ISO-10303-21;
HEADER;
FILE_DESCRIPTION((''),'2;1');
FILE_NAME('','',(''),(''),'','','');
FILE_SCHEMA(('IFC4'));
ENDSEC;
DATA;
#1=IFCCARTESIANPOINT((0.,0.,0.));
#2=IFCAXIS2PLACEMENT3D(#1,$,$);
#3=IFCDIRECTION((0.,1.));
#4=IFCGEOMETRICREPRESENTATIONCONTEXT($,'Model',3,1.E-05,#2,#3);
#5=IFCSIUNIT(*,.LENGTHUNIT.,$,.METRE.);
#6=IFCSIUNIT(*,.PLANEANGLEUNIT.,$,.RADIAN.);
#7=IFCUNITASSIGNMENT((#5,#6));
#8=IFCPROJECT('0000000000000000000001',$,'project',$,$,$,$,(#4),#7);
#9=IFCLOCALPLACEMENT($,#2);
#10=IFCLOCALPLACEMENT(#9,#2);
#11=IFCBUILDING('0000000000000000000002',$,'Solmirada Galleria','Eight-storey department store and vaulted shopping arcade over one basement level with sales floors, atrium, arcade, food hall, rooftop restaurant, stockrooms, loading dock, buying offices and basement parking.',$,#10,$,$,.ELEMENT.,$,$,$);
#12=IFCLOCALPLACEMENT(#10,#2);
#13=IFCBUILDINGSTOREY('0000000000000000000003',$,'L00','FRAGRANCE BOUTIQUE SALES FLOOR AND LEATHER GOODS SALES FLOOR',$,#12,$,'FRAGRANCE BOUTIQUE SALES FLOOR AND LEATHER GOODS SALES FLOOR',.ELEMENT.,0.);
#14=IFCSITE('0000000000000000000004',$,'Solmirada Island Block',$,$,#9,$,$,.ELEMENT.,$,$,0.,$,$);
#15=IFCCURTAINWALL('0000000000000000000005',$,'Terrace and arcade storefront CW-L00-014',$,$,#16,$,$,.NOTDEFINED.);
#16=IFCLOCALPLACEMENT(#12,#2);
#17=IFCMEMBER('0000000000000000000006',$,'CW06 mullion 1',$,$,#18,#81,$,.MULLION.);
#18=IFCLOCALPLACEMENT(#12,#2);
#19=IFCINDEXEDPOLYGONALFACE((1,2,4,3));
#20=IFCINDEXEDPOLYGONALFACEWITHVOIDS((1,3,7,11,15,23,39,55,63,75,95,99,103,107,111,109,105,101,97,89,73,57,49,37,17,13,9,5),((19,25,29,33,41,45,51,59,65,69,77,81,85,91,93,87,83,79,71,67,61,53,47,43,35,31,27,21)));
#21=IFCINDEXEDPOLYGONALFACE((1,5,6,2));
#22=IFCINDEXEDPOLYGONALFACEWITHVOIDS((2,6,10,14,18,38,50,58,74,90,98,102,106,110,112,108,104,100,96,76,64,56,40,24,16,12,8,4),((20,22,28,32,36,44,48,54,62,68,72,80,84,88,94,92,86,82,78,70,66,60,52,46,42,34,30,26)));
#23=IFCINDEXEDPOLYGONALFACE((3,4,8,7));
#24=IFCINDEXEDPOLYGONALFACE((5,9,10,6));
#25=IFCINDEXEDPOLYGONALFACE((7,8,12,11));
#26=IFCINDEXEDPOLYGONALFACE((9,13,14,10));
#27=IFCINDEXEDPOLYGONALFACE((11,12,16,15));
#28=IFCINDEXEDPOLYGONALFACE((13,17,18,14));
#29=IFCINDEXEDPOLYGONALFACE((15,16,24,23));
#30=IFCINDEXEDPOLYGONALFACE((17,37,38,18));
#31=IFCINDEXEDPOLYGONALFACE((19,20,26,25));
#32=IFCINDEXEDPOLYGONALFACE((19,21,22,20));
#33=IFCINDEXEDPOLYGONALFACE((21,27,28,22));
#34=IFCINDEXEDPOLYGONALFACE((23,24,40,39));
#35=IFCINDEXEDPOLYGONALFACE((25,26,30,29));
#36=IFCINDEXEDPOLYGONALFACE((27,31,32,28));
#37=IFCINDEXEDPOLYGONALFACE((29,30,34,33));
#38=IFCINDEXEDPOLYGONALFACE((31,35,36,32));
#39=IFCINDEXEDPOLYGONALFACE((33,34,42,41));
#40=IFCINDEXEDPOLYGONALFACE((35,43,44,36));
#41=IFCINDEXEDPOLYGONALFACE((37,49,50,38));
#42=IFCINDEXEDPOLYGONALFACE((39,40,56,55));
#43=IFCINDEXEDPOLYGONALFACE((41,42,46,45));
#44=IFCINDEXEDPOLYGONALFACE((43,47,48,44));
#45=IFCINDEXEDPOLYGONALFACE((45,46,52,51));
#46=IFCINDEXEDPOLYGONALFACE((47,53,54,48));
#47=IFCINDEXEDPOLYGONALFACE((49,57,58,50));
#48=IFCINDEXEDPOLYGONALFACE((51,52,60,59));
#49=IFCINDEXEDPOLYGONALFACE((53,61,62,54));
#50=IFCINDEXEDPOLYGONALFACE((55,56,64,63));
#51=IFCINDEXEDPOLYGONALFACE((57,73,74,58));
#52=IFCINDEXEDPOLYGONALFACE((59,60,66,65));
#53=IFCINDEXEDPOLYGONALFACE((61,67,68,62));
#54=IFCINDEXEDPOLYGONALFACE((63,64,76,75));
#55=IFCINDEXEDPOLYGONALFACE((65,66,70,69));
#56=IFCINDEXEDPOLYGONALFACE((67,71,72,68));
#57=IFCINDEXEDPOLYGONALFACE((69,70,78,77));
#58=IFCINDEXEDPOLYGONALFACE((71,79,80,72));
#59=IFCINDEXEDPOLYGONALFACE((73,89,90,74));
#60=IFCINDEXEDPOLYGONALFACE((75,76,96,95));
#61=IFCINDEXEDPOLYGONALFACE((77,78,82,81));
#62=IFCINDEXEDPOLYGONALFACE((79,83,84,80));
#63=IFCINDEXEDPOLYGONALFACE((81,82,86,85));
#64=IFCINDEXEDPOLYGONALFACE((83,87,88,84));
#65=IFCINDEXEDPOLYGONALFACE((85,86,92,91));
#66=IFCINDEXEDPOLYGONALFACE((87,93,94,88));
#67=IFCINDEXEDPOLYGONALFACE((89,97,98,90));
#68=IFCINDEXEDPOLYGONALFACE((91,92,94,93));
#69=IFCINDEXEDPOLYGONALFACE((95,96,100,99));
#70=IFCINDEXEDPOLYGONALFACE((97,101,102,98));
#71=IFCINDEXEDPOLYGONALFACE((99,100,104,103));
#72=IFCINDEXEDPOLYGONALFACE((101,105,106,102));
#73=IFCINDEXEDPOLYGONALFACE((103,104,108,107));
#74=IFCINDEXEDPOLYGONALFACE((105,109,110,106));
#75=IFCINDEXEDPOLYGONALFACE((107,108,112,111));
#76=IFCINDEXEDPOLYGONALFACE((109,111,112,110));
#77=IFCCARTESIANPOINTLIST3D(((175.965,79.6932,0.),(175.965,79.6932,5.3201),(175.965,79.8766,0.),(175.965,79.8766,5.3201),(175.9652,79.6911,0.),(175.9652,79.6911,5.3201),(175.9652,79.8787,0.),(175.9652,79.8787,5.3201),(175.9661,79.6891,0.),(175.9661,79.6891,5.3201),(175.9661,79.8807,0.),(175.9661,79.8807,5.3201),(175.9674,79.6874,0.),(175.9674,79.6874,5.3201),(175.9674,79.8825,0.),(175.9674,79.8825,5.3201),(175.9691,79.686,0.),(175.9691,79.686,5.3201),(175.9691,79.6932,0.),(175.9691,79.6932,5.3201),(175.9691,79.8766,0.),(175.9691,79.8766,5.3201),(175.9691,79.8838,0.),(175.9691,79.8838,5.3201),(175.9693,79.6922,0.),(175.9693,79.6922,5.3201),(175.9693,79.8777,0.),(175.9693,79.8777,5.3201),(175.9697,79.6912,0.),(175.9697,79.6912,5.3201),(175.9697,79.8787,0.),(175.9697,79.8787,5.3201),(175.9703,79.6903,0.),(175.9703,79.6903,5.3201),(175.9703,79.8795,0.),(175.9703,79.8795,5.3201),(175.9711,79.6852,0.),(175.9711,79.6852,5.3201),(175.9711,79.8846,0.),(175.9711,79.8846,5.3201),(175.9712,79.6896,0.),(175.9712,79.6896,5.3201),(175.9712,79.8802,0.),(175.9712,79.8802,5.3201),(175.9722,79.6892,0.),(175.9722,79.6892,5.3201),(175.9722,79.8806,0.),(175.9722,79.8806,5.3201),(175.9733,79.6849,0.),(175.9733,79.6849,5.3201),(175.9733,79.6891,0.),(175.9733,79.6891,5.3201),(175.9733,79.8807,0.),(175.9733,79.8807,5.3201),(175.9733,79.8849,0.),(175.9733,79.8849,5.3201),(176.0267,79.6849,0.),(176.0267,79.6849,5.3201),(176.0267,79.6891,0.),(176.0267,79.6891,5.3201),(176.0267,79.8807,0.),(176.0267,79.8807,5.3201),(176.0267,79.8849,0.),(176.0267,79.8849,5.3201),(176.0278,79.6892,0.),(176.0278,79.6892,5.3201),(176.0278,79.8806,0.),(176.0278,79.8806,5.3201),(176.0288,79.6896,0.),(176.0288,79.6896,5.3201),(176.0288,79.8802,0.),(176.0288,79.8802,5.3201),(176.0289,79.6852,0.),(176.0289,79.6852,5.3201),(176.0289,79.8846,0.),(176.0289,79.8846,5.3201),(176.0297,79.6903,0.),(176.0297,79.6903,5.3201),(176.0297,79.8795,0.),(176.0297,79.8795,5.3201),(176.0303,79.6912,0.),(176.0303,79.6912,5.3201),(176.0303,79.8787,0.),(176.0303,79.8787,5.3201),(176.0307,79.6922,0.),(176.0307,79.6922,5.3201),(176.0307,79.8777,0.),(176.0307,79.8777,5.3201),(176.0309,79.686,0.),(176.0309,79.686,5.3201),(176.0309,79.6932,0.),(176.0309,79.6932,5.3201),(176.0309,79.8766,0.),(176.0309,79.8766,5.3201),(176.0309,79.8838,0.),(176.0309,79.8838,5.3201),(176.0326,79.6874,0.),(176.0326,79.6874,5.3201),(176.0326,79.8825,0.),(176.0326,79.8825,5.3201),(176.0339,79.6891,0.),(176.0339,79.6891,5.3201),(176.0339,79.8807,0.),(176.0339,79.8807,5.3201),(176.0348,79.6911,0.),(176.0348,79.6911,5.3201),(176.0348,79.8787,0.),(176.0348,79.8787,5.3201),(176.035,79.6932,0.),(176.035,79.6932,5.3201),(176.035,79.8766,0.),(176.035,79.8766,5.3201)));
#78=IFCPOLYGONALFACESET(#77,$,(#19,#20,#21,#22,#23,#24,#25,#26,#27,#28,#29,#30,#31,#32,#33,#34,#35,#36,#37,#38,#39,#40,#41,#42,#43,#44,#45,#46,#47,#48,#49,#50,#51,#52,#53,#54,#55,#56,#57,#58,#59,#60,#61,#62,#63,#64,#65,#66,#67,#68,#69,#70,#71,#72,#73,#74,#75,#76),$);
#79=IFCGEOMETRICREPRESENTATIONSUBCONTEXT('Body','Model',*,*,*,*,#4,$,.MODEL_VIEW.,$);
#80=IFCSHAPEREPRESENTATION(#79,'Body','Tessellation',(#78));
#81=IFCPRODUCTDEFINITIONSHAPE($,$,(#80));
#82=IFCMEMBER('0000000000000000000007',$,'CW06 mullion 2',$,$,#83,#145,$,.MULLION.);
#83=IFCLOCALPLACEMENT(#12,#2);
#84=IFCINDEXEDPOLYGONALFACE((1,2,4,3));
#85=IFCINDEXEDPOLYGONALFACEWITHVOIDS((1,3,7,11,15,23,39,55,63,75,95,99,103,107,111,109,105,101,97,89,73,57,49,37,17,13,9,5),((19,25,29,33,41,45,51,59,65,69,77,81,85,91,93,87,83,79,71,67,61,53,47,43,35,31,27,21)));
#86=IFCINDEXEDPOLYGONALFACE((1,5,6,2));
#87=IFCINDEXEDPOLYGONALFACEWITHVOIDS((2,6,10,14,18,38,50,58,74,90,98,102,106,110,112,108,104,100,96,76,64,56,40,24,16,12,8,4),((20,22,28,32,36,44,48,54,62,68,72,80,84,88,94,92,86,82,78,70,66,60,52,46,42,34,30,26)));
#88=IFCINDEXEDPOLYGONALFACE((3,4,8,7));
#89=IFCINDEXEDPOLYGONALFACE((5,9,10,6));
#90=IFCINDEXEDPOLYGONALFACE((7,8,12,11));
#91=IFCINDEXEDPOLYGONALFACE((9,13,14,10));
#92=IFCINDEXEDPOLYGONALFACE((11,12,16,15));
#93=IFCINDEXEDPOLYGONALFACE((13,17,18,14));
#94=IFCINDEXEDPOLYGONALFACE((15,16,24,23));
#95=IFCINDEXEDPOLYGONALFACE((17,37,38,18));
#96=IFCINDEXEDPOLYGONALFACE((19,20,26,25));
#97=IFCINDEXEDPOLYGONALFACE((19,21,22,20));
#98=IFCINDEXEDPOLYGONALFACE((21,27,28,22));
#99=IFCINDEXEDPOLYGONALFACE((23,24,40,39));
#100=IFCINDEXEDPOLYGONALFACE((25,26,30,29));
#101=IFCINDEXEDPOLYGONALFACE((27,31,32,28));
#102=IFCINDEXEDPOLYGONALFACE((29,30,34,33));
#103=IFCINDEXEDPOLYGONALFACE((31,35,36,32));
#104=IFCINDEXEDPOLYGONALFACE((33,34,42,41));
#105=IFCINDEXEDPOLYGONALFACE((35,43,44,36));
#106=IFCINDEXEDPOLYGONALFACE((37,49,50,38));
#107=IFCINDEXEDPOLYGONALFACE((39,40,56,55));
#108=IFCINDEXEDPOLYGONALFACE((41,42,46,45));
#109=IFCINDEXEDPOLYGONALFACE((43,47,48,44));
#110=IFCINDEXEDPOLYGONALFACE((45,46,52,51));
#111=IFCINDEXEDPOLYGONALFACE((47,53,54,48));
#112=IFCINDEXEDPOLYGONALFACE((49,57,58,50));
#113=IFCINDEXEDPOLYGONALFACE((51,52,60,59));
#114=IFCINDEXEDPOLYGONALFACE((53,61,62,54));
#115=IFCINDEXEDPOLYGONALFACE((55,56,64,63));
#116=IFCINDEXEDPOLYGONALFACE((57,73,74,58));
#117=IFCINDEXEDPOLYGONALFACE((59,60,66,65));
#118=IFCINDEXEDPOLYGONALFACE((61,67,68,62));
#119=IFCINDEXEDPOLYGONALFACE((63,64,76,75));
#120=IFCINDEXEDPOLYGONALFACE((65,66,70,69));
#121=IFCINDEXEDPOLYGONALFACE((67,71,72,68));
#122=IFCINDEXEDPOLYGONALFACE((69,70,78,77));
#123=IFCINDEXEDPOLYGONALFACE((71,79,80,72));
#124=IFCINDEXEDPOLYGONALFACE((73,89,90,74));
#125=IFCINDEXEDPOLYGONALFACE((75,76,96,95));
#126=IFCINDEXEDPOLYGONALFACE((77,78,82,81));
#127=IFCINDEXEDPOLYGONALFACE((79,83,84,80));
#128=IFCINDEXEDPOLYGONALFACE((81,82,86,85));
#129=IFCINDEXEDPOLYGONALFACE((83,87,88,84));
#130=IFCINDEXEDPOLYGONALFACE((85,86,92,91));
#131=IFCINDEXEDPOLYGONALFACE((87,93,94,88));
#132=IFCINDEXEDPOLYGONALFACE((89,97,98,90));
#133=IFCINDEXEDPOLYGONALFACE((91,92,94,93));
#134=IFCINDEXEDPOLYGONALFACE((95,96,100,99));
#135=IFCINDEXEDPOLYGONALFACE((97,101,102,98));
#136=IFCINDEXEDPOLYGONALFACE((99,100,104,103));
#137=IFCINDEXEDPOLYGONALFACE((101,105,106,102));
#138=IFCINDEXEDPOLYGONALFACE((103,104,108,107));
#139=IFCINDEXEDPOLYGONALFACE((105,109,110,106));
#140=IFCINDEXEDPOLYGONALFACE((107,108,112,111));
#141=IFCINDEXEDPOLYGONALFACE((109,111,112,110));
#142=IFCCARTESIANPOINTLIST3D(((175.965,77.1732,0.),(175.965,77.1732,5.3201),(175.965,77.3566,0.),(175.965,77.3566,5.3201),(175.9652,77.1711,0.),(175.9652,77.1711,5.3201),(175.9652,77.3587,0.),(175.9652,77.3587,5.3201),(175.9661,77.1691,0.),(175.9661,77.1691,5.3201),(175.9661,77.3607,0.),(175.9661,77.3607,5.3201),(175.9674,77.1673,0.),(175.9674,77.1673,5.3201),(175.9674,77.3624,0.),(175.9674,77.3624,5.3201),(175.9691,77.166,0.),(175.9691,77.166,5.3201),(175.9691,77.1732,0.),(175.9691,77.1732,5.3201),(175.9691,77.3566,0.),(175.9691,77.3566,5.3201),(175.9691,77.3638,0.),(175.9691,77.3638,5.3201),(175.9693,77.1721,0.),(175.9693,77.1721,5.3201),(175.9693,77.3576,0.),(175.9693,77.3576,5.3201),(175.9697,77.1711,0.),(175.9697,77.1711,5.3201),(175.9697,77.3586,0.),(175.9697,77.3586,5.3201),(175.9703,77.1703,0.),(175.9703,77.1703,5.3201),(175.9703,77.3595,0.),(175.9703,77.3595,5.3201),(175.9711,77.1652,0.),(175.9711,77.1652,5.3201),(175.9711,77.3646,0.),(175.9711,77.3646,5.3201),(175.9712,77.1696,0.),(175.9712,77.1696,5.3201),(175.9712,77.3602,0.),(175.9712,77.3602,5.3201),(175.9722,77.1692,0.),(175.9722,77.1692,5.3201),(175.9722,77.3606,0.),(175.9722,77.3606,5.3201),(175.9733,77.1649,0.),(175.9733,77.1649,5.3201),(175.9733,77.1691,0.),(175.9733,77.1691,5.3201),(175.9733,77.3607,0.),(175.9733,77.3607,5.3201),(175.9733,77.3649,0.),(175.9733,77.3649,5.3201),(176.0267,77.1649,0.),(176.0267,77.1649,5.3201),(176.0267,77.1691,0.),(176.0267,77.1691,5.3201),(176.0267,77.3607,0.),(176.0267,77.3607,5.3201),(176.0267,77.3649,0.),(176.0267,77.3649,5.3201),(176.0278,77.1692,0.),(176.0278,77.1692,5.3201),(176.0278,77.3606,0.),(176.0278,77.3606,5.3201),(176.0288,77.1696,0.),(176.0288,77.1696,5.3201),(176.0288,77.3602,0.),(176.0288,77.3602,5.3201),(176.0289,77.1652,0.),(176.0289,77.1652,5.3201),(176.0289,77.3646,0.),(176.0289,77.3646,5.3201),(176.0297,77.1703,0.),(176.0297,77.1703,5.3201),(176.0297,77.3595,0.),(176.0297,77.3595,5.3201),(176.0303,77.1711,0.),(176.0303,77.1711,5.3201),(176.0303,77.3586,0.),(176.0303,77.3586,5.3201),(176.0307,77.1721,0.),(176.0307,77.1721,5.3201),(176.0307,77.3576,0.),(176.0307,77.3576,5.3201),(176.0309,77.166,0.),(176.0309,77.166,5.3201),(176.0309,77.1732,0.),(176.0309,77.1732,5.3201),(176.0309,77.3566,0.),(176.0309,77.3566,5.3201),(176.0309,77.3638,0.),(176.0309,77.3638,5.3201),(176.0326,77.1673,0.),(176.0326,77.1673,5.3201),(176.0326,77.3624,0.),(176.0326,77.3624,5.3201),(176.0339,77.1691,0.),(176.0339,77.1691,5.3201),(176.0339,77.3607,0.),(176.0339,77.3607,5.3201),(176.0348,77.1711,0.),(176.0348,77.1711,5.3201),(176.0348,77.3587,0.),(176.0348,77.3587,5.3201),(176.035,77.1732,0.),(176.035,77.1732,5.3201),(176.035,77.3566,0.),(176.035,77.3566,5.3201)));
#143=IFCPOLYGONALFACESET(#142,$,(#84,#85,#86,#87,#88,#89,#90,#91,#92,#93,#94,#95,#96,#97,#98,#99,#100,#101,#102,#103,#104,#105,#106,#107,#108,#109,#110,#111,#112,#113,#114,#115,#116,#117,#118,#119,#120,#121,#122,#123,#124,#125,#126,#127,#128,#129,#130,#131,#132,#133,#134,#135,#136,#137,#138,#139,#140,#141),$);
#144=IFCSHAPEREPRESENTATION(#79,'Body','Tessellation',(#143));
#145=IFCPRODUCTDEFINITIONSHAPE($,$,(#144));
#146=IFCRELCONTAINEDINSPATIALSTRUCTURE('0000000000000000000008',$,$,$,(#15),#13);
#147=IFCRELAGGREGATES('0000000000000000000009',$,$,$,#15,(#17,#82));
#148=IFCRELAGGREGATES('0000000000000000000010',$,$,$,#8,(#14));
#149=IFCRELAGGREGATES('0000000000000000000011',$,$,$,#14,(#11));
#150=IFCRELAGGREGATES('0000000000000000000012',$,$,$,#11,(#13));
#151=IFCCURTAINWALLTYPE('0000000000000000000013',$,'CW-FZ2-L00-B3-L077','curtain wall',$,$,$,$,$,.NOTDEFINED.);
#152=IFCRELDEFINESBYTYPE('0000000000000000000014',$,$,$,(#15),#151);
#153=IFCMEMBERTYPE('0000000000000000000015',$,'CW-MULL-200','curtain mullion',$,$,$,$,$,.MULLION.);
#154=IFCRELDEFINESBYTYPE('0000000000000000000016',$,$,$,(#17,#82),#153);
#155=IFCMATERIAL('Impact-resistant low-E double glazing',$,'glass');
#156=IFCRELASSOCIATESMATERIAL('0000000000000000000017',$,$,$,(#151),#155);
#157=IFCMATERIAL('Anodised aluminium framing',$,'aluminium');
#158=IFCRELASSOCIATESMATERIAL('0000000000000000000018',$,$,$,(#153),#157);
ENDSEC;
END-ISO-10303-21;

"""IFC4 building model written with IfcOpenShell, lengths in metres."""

from ifc_helpers import new_model, si_unit, direction, frame, origin, origin_2d, place, context, subcontext, project, spatial, hollow_rectangle, extrude, material, material_profile, profile_set, type_object, element, aggregate, save


model = new_model("IFC4")

# Units and contexts
model_context = context("Model", 3, precision=1e-05, world=origin(), true_north=direction((0.0, 1.0)))
body_context = subcontext(model_context, "Body", "Model", "MODEL_VIEW")
ifc_project = project(units=[si_unit("LENGTHUNIT", "METRE"), si_unit("PLANEANGLEUNIT", "RADIAN")], contexts=[model_context])

# Site, building, storey
site_placement = place(None, origin())
site = spatial("IfcSite", under=ifc_project, at=site_placement, Name="Solmirada Island Block", CompositionType="ELEMENT", RefElevation=0.0)
building_placement = place(site_placement, origin())
building = spatial("IfcBuilding", under=site, at=building_placement, Name="Solmirada Galleria", Description="Eight-storey department store and vaulted shopping arcade over one basement level with sales floors, atrium, arcade, food hall, rooftop restaurant, stockrooms, loading dock, buying offices and basement parking.", CompositionType="ELEMENT")
storey_placement = place(building_placement, origin())
storey = spatial("IfcBuildingStorey", under=building, at=storey_placement, Name="L00", Description="FRAGRANCE BOUTIQUE SALES FLOOR AND LEATHER GOODS SALES FLOOR", LongName="FRAGRANCE BOUTIQUE SALES FLOOR AND LEATHER GOODS SALES FLOOR", CompositionType="ELEMENT", Elevation=0.0)

# Curtain wall, members
ifc_material_1 = material(Name="Impact-resistant low-E double glazing", Category="glass")
curtain_wall_type = type_object("IfcCurtainWallType", Name="CW-FZ2-L00-B3-L077", Description="curtain wall", PredefinedType="NOTDEFINED", material=ifc_material_1)
curtain_wall_placement = place(storey_placement, origin())
curtain_wall = element("IfcCurtainWall", 1, at=curtain_wall_placement, inside=storey, type_object=curtain_wall_type, Name="Terrace and arcade storefront CW-L00-014", PredefinedType="NOTDEFINED")
ifc_material_2 = material(Name="Anodised aluminium framing", Category="aluminium")
ifc_material_profile_1 = material_profile(ifc_material_2, hollow_rectangle(XDim=0.0701, YDim=0.2, WallThickness=0.0042, InnerFilletRadius=0.0042, OuterFilletRadius=0.0083, at=origin_2d()), Name="ALU-MULL-200X70")
ifc_profile_set_1 = profile_set([ifc_material_profile_1], Name="Anodised aluminium framing")
member_type_1 = type_object("IfcMemberType", Name="CW-MULL-200", Description="curtain mullion", PredefinedType="MULLION", material=ifc_profile_set_1)
member_1_placement = place(storey_placement, frame((176.0, 79.7849, 0.0), z_axis=(0.0, 0.0, 1.0), x_axis=(1.0, 0.0, 0.0)))
member_1 = element("IfcMember", 2, at=member_1_placement, type_object=member_type_1, Name="CW06 mullion 1", PredefinedType="MULLION", context=body_context, shape_type="SweptSolid", body=[
    extrude(hollow_rectangle(XDim=0.0701, YDim=0.2, WallThickness=0.0042, InnerFilletRadius=0.0042, OuterFilletRadius=0.0083, at=origin_2d()), origin(), (0.0, 0.0, 1.0), 5.3201),
])
member_2_placement = place(storey_placement, frame((176.0, 77.2649, 0.0), z_axis=(0.0, 0.0, 1.0), x_axis=(1.0, 0.0, 0.0)))
member_2 = element("IfcMember", 3, at=member_2_placement, type_object=member_type_1, Name="CW06 mullion 2", PredefinedType="MULLION", context=body_context, shape_type="SweptSolid", body=[
    extrude(hollow_rectangle(XDim=0.0701, YDim=0.2, WallThickness=0.0042, InnerFilletRadius=0.0042, OuterFilletRadius=0.0083, at=origin_2d()), origin(), (0.0, 0.0, 1.0), 5.3201),
])

aggregate(curtain_wall, [member_1, member_2])

save(model, "model.ifc")
